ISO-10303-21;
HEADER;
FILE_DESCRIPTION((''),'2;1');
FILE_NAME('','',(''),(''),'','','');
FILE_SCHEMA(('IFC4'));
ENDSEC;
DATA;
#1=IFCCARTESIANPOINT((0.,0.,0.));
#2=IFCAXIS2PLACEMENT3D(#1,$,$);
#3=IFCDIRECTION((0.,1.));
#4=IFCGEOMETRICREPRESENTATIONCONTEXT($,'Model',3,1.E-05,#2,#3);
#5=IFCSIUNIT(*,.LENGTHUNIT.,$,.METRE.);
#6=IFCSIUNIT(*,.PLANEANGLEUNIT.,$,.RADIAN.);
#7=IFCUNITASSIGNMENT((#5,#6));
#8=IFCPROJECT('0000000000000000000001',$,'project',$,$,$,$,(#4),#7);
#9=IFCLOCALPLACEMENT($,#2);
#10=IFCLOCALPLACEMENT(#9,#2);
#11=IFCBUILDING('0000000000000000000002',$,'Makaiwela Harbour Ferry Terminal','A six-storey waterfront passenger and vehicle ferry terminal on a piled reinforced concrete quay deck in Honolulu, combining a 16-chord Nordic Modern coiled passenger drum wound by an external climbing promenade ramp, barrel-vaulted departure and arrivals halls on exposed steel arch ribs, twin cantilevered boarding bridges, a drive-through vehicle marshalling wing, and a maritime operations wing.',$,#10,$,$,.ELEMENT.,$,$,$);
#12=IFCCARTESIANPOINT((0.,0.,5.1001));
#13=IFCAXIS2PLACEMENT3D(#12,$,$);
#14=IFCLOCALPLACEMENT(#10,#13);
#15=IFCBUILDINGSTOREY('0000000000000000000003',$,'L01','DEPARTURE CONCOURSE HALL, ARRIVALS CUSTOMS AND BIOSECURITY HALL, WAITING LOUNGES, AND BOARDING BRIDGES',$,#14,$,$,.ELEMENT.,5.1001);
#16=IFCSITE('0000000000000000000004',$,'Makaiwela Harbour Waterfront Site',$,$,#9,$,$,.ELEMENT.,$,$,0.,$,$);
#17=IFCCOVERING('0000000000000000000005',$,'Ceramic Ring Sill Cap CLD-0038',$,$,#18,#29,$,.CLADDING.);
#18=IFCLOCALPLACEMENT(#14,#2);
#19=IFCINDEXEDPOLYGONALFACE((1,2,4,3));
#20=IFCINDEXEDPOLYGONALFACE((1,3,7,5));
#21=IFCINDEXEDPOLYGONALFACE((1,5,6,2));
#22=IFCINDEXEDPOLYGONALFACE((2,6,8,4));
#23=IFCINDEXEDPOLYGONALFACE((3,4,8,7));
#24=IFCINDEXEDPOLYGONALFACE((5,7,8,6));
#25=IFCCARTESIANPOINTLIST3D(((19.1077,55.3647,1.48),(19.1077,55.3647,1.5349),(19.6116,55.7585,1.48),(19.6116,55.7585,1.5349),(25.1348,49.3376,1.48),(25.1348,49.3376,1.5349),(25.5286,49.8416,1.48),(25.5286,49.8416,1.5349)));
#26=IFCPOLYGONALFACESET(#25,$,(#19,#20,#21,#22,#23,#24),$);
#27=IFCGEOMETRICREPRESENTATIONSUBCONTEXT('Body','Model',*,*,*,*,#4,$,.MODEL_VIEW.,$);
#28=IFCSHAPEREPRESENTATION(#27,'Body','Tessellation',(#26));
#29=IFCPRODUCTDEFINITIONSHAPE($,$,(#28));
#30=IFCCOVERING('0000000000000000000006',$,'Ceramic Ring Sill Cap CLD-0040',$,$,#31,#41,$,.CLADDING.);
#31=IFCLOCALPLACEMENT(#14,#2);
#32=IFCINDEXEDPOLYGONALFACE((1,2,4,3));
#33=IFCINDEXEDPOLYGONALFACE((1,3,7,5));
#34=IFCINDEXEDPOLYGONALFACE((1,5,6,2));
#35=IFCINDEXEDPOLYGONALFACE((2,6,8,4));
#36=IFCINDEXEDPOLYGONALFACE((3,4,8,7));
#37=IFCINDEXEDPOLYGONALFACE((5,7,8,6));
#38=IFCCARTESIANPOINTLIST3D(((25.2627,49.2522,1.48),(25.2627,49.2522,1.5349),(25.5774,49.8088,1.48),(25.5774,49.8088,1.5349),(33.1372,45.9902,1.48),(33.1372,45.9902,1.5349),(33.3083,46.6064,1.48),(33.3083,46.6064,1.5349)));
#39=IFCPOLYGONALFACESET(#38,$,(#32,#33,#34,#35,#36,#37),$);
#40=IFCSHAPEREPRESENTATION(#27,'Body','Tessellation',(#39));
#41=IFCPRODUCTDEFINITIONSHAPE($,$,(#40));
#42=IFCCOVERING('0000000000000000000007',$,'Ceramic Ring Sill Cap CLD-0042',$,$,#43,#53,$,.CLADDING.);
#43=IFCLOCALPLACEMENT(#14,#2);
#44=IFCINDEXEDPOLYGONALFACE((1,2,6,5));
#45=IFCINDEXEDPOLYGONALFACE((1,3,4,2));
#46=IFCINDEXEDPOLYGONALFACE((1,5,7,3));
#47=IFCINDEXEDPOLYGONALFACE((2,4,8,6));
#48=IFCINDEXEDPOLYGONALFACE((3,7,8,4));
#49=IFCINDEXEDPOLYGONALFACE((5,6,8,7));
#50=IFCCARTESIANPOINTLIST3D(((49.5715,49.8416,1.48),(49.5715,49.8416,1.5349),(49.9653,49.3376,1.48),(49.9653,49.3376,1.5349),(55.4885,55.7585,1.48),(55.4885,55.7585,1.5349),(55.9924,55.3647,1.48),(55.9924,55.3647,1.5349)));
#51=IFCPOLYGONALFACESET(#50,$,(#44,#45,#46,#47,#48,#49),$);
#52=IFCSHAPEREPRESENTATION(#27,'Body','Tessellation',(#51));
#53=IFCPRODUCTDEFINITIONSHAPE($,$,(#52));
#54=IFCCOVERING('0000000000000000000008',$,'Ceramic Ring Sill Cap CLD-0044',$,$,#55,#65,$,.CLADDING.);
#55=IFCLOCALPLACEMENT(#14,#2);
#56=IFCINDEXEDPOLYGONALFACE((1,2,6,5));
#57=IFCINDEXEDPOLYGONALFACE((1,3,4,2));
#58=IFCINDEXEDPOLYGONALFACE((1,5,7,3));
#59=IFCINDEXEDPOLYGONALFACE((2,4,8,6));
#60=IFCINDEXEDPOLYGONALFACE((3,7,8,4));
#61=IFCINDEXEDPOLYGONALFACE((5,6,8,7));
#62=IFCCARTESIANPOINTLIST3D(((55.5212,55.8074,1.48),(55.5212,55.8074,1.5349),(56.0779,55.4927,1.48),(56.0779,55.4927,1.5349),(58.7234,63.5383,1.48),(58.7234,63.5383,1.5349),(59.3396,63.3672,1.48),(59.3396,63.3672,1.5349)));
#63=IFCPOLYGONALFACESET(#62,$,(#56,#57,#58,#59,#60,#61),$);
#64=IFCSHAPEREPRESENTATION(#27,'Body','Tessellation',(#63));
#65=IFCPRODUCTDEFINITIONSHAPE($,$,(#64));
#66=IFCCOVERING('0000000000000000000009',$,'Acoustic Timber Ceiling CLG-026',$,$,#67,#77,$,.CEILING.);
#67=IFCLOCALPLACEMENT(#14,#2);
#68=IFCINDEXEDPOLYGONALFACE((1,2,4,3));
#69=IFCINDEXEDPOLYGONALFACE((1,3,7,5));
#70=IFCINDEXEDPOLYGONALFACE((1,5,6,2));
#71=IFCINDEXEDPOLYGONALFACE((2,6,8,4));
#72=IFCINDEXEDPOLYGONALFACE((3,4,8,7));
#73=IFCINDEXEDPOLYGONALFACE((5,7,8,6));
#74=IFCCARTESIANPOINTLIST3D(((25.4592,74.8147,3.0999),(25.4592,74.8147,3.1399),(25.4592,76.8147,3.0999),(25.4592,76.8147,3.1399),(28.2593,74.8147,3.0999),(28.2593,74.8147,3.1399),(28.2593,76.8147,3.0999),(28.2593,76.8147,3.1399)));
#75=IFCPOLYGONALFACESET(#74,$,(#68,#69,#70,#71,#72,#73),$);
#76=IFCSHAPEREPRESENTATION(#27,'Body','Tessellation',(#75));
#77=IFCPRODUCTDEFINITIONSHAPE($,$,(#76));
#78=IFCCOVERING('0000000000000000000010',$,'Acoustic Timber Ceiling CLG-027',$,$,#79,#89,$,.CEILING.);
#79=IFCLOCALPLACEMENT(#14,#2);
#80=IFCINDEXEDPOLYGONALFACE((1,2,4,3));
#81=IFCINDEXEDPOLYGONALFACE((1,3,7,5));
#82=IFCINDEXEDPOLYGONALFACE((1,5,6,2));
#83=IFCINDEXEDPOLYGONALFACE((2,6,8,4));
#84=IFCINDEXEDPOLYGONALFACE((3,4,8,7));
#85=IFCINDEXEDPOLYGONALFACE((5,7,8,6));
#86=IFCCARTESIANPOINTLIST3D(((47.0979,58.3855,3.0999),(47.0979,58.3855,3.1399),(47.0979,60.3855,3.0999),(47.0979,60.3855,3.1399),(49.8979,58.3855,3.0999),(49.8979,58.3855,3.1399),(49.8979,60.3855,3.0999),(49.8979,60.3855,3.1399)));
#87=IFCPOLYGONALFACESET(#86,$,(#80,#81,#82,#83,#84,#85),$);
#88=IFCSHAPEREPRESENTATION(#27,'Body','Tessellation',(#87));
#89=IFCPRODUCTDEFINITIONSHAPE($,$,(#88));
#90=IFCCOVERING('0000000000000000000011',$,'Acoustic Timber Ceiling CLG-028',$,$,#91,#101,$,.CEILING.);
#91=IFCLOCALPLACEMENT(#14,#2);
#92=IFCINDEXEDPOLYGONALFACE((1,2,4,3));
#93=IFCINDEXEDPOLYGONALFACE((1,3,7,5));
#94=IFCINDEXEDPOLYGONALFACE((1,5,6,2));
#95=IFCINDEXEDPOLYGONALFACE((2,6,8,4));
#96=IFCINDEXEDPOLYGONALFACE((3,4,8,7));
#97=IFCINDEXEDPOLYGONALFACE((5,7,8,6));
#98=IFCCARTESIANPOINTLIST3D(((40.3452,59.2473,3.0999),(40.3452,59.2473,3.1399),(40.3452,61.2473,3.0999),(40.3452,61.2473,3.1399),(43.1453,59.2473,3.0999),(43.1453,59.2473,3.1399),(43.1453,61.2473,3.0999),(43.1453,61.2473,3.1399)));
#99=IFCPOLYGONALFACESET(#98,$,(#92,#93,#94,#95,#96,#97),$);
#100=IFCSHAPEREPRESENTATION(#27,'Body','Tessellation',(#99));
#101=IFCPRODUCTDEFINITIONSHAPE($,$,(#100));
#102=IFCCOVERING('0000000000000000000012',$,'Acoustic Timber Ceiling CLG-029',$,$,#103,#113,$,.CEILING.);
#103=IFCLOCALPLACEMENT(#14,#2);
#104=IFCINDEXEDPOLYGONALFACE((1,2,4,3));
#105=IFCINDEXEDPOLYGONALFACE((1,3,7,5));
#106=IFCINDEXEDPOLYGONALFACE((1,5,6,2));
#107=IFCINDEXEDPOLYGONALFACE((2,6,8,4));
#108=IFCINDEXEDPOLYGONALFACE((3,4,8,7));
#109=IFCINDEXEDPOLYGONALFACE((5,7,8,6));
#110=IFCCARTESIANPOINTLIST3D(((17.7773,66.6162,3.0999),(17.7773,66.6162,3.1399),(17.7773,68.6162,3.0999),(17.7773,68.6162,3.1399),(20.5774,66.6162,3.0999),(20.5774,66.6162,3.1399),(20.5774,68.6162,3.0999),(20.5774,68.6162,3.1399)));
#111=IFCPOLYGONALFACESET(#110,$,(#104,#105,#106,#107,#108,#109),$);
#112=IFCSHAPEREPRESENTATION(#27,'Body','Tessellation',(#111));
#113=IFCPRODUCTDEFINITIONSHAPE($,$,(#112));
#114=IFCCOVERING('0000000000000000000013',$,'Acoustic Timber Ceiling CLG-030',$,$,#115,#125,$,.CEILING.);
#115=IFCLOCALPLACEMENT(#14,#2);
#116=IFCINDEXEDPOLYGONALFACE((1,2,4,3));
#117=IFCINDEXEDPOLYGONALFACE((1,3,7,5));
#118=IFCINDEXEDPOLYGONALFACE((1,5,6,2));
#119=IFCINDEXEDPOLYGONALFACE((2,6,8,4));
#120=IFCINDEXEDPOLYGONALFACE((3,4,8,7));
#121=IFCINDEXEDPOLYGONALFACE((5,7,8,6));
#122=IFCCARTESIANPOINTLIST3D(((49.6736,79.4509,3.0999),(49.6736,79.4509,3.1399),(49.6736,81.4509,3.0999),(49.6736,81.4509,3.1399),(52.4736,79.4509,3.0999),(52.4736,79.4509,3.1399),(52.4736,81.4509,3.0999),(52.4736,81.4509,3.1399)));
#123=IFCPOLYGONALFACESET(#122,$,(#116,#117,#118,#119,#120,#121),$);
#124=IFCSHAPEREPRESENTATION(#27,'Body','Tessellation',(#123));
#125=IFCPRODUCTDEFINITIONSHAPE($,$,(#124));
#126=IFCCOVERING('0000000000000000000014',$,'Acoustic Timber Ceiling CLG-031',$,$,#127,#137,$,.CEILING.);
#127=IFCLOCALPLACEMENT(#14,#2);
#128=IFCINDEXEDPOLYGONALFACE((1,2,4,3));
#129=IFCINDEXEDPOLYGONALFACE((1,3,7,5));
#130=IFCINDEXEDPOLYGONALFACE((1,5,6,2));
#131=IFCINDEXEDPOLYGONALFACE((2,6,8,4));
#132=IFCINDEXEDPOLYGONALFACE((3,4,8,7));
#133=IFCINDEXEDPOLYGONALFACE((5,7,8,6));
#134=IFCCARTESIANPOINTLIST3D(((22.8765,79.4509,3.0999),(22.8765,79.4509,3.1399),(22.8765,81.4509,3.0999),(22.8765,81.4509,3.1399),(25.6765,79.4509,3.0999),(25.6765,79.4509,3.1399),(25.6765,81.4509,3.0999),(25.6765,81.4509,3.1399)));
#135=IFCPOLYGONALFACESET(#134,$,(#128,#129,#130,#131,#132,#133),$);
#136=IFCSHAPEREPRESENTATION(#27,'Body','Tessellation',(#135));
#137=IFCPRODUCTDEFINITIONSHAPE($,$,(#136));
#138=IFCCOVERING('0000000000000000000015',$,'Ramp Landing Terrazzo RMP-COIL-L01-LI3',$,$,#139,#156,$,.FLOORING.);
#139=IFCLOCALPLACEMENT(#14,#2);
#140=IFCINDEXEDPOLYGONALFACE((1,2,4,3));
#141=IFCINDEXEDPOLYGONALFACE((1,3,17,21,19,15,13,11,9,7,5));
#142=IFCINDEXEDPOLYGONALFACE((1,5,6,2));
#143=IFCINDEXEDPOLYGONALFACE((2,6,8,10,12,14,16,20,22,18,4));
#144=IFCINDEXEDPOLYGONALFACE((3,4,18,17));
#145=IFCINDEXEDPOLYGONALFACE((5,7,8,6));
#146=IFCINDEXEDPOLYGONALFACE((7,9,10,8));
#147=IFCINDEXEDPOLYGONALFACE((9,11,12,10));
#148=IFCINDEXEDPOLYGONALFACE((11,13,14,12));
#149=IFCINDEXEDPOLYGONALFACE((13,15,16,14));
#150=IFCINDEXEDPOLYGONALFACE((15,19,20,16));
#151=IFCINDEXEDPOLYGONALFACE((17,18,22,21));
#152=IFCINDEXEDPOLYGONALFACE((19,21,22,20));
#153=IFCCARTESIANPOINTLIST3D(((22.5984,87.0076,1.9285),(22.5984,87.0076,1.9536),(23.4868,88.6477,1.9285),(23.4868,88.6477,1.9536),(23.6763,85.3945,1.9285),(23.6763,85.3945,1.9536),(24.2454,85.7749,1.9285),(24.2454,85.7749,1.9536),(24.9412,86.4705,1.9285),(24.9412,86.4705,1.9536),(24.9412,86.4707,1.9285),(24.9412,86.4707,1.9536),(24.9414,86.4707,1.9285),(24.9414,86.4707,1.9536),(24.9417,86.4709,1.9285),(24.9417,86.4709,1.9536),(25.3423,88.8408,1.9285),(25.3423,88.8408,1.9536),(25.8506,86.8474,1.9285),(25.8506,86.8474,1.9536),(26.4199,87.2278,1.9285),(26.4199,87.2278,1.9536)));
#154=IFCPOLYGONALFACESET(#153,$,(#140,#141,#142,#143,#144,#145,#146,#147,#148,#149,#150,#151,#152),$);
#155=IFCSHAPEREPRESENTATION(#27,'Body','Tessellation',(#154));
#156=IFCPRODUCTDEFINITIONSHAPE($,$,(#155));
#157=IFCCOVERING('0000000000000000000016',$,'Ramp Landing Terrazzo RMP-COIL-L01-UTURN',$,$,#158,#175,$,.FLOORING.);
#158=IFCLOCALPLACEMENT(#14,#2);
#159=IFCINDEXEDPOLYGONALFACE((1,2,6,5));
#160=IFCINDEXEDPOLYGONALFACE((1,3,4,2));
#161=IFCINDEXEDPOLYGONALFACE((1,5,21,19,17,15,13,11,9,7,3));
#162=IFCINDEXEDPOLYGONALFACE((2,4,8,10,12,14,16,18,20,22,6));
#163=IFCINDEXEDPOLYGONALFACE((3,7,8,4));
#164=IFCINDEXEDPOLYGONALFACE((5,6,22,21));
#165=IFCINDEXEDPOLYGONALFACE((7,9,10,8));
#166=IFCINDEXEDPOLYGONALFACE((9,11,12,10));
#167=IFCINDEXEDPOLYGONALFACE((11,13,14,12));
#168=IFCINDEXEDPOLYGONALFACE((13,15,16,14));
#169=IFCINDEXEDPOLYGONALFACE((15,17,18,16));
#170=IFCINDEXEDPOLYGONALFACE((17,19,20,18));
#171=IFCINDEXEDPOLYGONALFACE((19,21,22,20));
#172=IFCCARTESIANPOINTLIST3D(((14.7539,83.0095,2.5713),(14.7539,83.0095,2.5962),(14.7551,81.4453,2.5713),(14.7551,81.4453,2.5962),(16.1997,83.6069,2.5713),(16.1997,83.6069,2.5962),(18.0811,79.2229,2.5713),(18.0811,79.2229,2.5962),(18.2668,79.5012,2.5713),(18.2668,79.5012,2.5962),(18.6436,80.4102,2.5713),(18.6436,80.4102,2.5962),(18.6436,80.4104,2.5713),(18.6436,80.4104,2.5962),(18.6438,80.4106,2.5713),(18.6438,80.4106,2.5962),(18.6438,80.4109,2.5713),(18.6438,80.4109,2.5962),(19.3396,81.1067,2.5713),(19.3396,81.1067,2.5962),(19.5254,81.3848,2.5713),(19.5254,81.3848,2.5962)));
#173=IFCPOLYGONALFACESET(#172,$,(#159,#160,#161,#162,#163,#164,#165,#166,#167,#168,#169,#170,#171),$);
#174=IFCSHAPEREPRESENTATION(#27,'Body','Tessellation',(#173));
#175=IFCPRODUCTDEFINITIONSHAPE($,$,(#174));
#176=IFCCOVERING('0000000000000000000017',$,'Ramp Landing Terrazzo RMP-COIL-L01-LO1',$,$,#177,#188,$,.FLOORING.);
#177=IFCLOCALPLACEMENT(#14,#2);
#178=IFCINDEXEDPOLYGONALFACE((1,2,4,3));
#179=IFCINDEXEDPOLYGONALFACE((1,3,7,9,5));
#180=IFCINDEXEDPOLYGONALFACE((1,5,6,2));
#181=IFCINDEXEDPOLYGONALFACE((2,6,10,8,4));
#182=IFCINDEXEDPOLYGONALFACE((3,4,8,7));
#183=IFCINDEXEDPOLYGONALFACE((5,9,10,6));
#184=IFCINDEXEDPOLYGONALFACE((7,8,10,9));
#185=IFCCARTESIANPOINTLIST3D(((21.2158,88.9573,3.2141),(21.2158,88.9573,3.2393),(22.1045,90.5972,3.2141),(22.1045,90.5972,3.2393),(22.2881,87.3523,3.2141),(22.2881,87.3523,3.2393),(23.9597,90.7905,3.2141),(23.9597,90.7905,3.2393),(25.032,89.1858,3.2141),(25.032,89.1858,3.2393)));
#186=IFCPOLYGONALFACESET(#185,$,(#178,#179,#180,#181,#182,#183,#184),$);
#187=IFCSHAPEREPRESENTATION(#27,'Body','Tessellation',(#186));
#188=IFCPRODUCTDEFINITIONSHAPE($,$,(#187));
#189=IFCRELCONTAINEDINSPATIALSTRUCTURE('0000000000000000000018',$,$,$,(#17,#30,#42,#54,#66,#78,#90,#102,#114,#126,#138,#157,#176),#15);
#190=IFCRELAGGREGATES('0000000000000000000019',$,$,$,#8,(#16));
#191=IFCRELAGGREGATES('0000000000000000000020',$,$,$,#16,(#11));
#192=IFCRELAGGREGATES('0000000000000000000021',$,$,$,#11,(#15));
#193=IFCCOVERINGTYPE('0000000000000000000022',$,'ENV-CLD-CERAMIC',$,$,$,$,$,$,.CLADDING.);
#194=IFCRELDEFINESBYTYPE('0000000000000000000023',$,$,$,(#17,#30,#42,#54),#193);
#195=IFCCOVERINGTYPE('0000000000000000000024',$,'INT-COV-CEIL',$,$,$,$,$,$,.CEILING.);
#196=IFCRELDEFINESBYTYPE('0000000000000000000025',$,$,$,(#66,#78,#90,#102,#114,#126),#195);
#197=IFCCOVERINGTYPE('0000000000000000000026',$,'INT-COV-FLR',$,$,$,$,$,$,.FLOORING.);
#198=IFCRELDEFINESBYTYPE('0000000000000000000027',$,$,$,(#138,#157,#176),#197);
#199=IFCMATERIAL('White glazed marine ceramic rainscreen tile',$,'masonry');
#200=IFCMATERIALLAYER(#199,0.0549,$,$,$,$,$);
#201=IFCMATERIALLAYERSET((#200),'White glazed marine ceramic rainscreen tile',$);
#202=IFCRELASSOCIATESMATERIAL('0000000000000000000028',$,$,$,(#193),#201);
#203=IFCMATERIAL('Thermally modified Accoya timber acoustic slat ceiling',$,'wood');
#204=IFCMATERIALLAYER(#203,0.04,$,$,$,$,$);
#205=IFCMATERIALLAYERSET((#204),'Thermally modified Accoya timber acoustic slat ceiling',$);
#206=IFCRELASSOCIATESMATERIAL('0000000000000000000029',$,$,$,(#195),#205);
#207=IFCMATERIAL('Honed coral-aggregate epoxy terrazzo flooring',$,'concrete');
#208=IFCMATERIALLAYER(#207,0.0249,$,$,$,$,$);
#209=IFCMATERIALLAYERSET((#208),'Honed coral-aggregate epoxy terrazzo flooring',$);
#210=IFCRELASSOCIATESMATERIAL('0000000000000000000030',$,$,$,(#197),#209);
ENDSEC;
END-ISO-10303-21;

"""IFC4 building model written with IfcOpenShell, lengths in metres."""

from ifc_helpers import new_model, si_unit, direction, frame, origin, place, context, subcontext, project, spatial, polyline, outline, extrude, material, layer, layer_set, type_object, element, save


model = new_model("IFC4")

# Units and contexts
model_context = context("Model", 3, precision=1e-05, world=origin(), true_north=direction((0.0, 1.0)))
body_context = subcontext(model_context, "Body", "Model", "MODEL_VIEW")
ifc_project = project(units=[si_unit("LENGTHUNIT", "METRE"), si_unit("PLANEANGLEUNIT", "RADIAN")], contexts=[model_context])

# Site, building, storey
site_placement = place(None, origin())
site = spatial("IfcSite", under=ifc_project, at=site_placement, Name="Makaiwela Harbour Waterfront Site", CompositionType="ELEMENT", RefElevation=0.0)
building_placement = place(site_placement, origin())
building = spatial("IfcBuilding", under=site, at=building_placement, Name="Makaiwela Harbour Ferry Terminal", Description="A six-storey waterfront passenger and vehicle ferry terminal on a piled reinforced concrete quay deck in Honolulu, combining a 16-chord Nordic Modern coiled passenger drum wound by an external climbing promenade ramp, barrel-vaulted departure and arrivals halls on exposed steel arch ribs, twin cantilevered boarding bridges, a drive-through vehicle marshalling wing, and a maritime operations wing.", CompositionType="ELEMENT")
storey_placement = place(building_placement, frame((0.0, 0.0, 5.1001)))
storey = spatial("IfcBuildingStorey", under=building, at=storey_placement, Name="L01", Description="DEPARTURE CONCOURSE HALL, ARRIVALS CUSTOMS AND BIOSECURITY HALL, WAITING LOUNGES, AND BOARDING BRIDGES", CompositionType="ELEMENT", Elevation=5.1001)

# Coverings
ifc_material_1 = material(Name="White glazed marine ceramic rainscreen tile", Category="masonry")
ifc_layer_1 = layer(ifc_material_1, 0.0549)
ifc_layer_set_1 = layer_set([ifc_layer_1], Name="White glazed marine ceramic rainscreen tile")
covering_type_1 = type_object("IfcCoveringType", Name="ENV-CLD-CERAMIC", PredefinedType="CLADDING", material=ifc_layer_set_1)
covering_1_placement = place(storey_placement, frame((0.0, 0.0, 1.48)))
element("IfcCovering", 1, at=covering_1_placement, inside=storey, type_object=covering_type_1, Name="Ceramic Ring Sill Cap CLD-0038", PredefinedType="CLADDING", context=body_context, shape_type="SweptSolid", body=[
    extrude(outline(polyline([(19.1077, 55.3647), (25.1348, 49.3376), (25.5286, 49.8416), (19.6116, 55.7585), (19.1077, 55.3647)])), origin(), (0.0, 0.0, 1.0), 0.0549),
])
covering_2_placement = place(storey_placement, frame((0.0, 0.0, 1.48)))
element("IfcCovering", 2, at=covering_2_placement, inside=storey, type_object=covering_type_1, Name="Ceramic Ring Sill Cap CLD-0040", PredefinedType="CLADDING", context=body_context, shape_type="SweptSolid", body=[
    extrude(outline(polyline([(25.2627, 49.2522), (33.1372, 45.9902), (33.3083, 46.6064), (25.5774, 49.8088), (25.2627, 49.2522)])), origin(), (0.0, 0.0, 1.0), 0.0549),
])
covering_3_placement = place(storey_placement, frame((0.0, 0.0, 1.48)))
element("IfcCovering", 3, at=covering_3_placement, inside=storey, type_object=covering_type_1, Name="Ceramic Ring Sill Cap CLD-0042", PredefinedType="CLADDING", context=body_context, shape_type="SweptSolid", body=[
    extrude(outline(polyline([(49.9653, 49.3376), (55.9924, 55.3647), (55.4885, 55.7585), (49.5715, 49.8416), (49.9653, 49.3376)])), origin(), (0.0, 0.0, 1.0), 0.0549),
])
covering_4_placement = place(storey_placement, frame((0.0, 0.0, 1.48)))
element("IfcCovering", 4, at=covering_4_placement, inside=storey, type_object=covering_type_1, Name="Ceramic Ring Sill Cap CLD-0044", PredefinedType="CLADDING", context=body_context, shape_type="SweptSolid", body=[
    extrude(outline(polyline([(56.0779, 55.4927), (59.3396, 63.3672), (58.7234, 63.5383), (55.5212, 55.8074), (56.0779, 55.4927)])), origin(), (0.0, 0.0, 1.0), 0.0549),
])
ifc_material_2 = material(Name="Thermally modified Accoya timber acoustic slat ceiling", Category="wood")
ifc_layer_2 = layer(ifc_material_2, 0.04)
ifc_layer_set_2 = layer_set([ifc_layer_2], Name="Thermally modified Accoya timber acoustic slat ceiling")
covering_type_2 = type_object("IfcCoveringType", Name="INT-COV-CEIL", PredefinedType="CEILING", material=ifc_layer_set_2)
covering_5_placement = place(storey_placement, frame((0.0, 0.0, 3.0999)))
element("IfcCovering", 5, at=covering_5_placement, inside=storey, type_object=covering_type_2, Name="Acoustic Timber Ceiling CLG-026", PredefinedType="CEILING", context=body_context, shape_type="SweptSolid", body=[
    extrude(outline(polyline([(25.4592, 74.8147), (28.2593, 74.8147), (28.2593, 76.8147), (25.4592, 76.8147), (25.4592, 74.8147)])), origin(), (0.0, 0.0, 1.0), 0.04),
])
covering_6_placement = place(storey_placement, frame((0.0, 0.0, 3.0999)))
element("IfcCovering", 6, at=covering_6_placement, inside=storey, type_object=covering_type_2, Name="Acoustic Timber Ceiling CLG-027", PredefinedType="CEILING", context=body_context, shape_type="SweptSolid", body=[
    extrude(outline(polyline([(47.0979, 58.3855), (49.8979, 58.3855), (49.8979, 60.3855), (47.0979, 60.3855), (47.0979, 58.3855)])), origin(), (0.0, 0.0, 1.0), 0.04),
])
covering_7_placement = place(storey_placement, frame((0.0, 0.0, 3.0999)))
element("IfcCovering", 7, at=covering_7_placement, inside=storey, type_object=covering_type_2, Name="Acoustic Timber Ceiling CLG-028", PredefinedType="CEILING", context=body_context, shape_type="SweptSolid", body=[
    extrude(outline(polyline([(40.3452, 59.2473), (43.1453, 59.2473), (43.1453, 61.2473), (40.3452, 61.2473), (40.3452, 59.2473)])), origin(), (0.0, 0.0, 1.0), 0.04),
])
covering_8_placement = place(storey_placement, frame((0.0, 0.0, 3.0999)))
element("IfcCovering", 8, at=covering_8_placement, inside=storey, type_object=covering_type_2, Name="Acoustic Timber Ceiling CLG-029", PredefinedType="CEILING", context=body_context, shape_type="SweptSolid", body=[
    extrude(outline(polyline([(17.7773, 66.6162), (20.5774, 66.6162), (20.5774, 68.6162), (17.7773, 68.6162), (17.7773, 66.6162)])), origin(), (0.0, 0.0, 1.0), 0.04),
])
covering_9_placement = place(storey_placement, frame((0.0, 0.0, 3.0999)))
element("IfcCovering", 9, at=covering_9_placement, inside=storey, type_object=covering_type_2, Name="Acoustic Timber Ceiling CLG-030", PredefinedType="CEILING", context=body_context, shape_type="SweptSolid", body=[
    extrude(outline(polyline([(49.6736, 79.4509), (52.4736, 79.4509), (52.4736, 81.4509), (49.6736, 81.4509), (49.6736, 79.4509)])), origin(), (0.0, 0.0, 1.0), 0.04),
])
covering_10_placement = place(storey_placement, frame((0.0, 0.0, 3.0999)))
element("IfcCovering", 10, at=covering_10_placement, inside=storey, type_object=covering_type_2, Name="Acoustic Timber Ceiling CLG-031", PredefinedType="CEILING", context=body_context, shape_type="SweptSolid", body=[
    extrude(outline(polyline([(22.8765, 79.4509), (25.6765, 79.4509), (25.6765, 81.4509), (22.8765, 81.4509), (22.8765, 79.4509)])), origin(), (0.0, 0.0, 1.0), 0.04),
])
ifc_material_3 = material(Name="Honed coral-aggregate epoxy terrazzo flooring", Category="concrete")
ifc_layer_3 = layer(ifc_material_3, 0.0249)
ifc_layer_set_3 = layer_set([ifc_layer_3], Name="Honed coral-aggregate epoxy terrazzo flooring")
covering_type_3 = type_object("IfcCoveringType", Name="INT-COV-FLR", PredefinedType="FLOORING", material=ifc_layer_set_3)
covering_11_placement = place(storey_placement, frame((0.0, 0.0, 1.9285)))
element("IfcCovering", 11, at=covering_11_placement, inside=storey, type_object=covering_type_3, Name="Ramp Landing Terrazzo RMP-COIL-L01-LI3", PredefinedType="FLOORING", context=body_context, shape_type="SweptSolid", body=[
    extrude(outline(polyline([(24.2454, 85.7749), (24.9412, 86.4705), (24.9412, 86.4707), (24.9414, 86.4707), (24.9417, 86.4709), (24.9417, 86.4709), (25.8506, 86.8474), (26.4199, 87.2278), (25.3423, 88.8408), (23.4868, 88.6477), (22.5984, 87.0076), (23.6763, 85.3945), (24.2454, 85.7749)])), origin(), (0.0, 0.0, 1.0), 0.0251),
])
covering_12_placement = place(storey_placement, frame((0.0, 0.0, 2.5713)))
element("IfcCovering", 12, at=covering_12_placement, inside=storey, type_object=covering_type_3, Name="Ramp Landing Terrazzo RMP-COIL-L01-UTURN", PredefinedType="FLOORING", context=body_context, shape_type="SweptSolid", body=[
    extrude(outline(polyline([(18.2668, 79.5012), (18.6436, 80.4102), (18.6436, 80.4104), (18.6436, 80.4104), (18.6438, 80.4106), (18.6438, 80.4109), (19.3396, 81.1067), (19.5254, 81.3848), (16.1997, 83.6069), (14.7539, 83.0095), (14.7551, 81.4453), (18.0811, 79.2229), (18.2668, 79.5012)])), origin(), (0.0, 0.0, 1.0), 0.0249),
])
covering_13_placement = place(storey_placement, frame((0.0, 0.0, 3.2141)))
element("IfcCovering", 13, at=covering_13_placement, inside=storey, type_object=covering_type_3, Name="Ramp Landing Terrazzo RMP-COIL-L01-LO1", PredefinedType="FLOORING", context=body_context, shape_type="SweptSolid", body=[
    extrude(outline(polyline([(25.032, 89.1858), (23.9597, 90.7905), (22.1045, 90.5972), (21.2158, 88.9573), (22.2881, 87.3523), (25.032, 89.1858)])), origin(), (0.0, 0.0, 1.0), 0.0251),
])

save(model, "model.ifc")
